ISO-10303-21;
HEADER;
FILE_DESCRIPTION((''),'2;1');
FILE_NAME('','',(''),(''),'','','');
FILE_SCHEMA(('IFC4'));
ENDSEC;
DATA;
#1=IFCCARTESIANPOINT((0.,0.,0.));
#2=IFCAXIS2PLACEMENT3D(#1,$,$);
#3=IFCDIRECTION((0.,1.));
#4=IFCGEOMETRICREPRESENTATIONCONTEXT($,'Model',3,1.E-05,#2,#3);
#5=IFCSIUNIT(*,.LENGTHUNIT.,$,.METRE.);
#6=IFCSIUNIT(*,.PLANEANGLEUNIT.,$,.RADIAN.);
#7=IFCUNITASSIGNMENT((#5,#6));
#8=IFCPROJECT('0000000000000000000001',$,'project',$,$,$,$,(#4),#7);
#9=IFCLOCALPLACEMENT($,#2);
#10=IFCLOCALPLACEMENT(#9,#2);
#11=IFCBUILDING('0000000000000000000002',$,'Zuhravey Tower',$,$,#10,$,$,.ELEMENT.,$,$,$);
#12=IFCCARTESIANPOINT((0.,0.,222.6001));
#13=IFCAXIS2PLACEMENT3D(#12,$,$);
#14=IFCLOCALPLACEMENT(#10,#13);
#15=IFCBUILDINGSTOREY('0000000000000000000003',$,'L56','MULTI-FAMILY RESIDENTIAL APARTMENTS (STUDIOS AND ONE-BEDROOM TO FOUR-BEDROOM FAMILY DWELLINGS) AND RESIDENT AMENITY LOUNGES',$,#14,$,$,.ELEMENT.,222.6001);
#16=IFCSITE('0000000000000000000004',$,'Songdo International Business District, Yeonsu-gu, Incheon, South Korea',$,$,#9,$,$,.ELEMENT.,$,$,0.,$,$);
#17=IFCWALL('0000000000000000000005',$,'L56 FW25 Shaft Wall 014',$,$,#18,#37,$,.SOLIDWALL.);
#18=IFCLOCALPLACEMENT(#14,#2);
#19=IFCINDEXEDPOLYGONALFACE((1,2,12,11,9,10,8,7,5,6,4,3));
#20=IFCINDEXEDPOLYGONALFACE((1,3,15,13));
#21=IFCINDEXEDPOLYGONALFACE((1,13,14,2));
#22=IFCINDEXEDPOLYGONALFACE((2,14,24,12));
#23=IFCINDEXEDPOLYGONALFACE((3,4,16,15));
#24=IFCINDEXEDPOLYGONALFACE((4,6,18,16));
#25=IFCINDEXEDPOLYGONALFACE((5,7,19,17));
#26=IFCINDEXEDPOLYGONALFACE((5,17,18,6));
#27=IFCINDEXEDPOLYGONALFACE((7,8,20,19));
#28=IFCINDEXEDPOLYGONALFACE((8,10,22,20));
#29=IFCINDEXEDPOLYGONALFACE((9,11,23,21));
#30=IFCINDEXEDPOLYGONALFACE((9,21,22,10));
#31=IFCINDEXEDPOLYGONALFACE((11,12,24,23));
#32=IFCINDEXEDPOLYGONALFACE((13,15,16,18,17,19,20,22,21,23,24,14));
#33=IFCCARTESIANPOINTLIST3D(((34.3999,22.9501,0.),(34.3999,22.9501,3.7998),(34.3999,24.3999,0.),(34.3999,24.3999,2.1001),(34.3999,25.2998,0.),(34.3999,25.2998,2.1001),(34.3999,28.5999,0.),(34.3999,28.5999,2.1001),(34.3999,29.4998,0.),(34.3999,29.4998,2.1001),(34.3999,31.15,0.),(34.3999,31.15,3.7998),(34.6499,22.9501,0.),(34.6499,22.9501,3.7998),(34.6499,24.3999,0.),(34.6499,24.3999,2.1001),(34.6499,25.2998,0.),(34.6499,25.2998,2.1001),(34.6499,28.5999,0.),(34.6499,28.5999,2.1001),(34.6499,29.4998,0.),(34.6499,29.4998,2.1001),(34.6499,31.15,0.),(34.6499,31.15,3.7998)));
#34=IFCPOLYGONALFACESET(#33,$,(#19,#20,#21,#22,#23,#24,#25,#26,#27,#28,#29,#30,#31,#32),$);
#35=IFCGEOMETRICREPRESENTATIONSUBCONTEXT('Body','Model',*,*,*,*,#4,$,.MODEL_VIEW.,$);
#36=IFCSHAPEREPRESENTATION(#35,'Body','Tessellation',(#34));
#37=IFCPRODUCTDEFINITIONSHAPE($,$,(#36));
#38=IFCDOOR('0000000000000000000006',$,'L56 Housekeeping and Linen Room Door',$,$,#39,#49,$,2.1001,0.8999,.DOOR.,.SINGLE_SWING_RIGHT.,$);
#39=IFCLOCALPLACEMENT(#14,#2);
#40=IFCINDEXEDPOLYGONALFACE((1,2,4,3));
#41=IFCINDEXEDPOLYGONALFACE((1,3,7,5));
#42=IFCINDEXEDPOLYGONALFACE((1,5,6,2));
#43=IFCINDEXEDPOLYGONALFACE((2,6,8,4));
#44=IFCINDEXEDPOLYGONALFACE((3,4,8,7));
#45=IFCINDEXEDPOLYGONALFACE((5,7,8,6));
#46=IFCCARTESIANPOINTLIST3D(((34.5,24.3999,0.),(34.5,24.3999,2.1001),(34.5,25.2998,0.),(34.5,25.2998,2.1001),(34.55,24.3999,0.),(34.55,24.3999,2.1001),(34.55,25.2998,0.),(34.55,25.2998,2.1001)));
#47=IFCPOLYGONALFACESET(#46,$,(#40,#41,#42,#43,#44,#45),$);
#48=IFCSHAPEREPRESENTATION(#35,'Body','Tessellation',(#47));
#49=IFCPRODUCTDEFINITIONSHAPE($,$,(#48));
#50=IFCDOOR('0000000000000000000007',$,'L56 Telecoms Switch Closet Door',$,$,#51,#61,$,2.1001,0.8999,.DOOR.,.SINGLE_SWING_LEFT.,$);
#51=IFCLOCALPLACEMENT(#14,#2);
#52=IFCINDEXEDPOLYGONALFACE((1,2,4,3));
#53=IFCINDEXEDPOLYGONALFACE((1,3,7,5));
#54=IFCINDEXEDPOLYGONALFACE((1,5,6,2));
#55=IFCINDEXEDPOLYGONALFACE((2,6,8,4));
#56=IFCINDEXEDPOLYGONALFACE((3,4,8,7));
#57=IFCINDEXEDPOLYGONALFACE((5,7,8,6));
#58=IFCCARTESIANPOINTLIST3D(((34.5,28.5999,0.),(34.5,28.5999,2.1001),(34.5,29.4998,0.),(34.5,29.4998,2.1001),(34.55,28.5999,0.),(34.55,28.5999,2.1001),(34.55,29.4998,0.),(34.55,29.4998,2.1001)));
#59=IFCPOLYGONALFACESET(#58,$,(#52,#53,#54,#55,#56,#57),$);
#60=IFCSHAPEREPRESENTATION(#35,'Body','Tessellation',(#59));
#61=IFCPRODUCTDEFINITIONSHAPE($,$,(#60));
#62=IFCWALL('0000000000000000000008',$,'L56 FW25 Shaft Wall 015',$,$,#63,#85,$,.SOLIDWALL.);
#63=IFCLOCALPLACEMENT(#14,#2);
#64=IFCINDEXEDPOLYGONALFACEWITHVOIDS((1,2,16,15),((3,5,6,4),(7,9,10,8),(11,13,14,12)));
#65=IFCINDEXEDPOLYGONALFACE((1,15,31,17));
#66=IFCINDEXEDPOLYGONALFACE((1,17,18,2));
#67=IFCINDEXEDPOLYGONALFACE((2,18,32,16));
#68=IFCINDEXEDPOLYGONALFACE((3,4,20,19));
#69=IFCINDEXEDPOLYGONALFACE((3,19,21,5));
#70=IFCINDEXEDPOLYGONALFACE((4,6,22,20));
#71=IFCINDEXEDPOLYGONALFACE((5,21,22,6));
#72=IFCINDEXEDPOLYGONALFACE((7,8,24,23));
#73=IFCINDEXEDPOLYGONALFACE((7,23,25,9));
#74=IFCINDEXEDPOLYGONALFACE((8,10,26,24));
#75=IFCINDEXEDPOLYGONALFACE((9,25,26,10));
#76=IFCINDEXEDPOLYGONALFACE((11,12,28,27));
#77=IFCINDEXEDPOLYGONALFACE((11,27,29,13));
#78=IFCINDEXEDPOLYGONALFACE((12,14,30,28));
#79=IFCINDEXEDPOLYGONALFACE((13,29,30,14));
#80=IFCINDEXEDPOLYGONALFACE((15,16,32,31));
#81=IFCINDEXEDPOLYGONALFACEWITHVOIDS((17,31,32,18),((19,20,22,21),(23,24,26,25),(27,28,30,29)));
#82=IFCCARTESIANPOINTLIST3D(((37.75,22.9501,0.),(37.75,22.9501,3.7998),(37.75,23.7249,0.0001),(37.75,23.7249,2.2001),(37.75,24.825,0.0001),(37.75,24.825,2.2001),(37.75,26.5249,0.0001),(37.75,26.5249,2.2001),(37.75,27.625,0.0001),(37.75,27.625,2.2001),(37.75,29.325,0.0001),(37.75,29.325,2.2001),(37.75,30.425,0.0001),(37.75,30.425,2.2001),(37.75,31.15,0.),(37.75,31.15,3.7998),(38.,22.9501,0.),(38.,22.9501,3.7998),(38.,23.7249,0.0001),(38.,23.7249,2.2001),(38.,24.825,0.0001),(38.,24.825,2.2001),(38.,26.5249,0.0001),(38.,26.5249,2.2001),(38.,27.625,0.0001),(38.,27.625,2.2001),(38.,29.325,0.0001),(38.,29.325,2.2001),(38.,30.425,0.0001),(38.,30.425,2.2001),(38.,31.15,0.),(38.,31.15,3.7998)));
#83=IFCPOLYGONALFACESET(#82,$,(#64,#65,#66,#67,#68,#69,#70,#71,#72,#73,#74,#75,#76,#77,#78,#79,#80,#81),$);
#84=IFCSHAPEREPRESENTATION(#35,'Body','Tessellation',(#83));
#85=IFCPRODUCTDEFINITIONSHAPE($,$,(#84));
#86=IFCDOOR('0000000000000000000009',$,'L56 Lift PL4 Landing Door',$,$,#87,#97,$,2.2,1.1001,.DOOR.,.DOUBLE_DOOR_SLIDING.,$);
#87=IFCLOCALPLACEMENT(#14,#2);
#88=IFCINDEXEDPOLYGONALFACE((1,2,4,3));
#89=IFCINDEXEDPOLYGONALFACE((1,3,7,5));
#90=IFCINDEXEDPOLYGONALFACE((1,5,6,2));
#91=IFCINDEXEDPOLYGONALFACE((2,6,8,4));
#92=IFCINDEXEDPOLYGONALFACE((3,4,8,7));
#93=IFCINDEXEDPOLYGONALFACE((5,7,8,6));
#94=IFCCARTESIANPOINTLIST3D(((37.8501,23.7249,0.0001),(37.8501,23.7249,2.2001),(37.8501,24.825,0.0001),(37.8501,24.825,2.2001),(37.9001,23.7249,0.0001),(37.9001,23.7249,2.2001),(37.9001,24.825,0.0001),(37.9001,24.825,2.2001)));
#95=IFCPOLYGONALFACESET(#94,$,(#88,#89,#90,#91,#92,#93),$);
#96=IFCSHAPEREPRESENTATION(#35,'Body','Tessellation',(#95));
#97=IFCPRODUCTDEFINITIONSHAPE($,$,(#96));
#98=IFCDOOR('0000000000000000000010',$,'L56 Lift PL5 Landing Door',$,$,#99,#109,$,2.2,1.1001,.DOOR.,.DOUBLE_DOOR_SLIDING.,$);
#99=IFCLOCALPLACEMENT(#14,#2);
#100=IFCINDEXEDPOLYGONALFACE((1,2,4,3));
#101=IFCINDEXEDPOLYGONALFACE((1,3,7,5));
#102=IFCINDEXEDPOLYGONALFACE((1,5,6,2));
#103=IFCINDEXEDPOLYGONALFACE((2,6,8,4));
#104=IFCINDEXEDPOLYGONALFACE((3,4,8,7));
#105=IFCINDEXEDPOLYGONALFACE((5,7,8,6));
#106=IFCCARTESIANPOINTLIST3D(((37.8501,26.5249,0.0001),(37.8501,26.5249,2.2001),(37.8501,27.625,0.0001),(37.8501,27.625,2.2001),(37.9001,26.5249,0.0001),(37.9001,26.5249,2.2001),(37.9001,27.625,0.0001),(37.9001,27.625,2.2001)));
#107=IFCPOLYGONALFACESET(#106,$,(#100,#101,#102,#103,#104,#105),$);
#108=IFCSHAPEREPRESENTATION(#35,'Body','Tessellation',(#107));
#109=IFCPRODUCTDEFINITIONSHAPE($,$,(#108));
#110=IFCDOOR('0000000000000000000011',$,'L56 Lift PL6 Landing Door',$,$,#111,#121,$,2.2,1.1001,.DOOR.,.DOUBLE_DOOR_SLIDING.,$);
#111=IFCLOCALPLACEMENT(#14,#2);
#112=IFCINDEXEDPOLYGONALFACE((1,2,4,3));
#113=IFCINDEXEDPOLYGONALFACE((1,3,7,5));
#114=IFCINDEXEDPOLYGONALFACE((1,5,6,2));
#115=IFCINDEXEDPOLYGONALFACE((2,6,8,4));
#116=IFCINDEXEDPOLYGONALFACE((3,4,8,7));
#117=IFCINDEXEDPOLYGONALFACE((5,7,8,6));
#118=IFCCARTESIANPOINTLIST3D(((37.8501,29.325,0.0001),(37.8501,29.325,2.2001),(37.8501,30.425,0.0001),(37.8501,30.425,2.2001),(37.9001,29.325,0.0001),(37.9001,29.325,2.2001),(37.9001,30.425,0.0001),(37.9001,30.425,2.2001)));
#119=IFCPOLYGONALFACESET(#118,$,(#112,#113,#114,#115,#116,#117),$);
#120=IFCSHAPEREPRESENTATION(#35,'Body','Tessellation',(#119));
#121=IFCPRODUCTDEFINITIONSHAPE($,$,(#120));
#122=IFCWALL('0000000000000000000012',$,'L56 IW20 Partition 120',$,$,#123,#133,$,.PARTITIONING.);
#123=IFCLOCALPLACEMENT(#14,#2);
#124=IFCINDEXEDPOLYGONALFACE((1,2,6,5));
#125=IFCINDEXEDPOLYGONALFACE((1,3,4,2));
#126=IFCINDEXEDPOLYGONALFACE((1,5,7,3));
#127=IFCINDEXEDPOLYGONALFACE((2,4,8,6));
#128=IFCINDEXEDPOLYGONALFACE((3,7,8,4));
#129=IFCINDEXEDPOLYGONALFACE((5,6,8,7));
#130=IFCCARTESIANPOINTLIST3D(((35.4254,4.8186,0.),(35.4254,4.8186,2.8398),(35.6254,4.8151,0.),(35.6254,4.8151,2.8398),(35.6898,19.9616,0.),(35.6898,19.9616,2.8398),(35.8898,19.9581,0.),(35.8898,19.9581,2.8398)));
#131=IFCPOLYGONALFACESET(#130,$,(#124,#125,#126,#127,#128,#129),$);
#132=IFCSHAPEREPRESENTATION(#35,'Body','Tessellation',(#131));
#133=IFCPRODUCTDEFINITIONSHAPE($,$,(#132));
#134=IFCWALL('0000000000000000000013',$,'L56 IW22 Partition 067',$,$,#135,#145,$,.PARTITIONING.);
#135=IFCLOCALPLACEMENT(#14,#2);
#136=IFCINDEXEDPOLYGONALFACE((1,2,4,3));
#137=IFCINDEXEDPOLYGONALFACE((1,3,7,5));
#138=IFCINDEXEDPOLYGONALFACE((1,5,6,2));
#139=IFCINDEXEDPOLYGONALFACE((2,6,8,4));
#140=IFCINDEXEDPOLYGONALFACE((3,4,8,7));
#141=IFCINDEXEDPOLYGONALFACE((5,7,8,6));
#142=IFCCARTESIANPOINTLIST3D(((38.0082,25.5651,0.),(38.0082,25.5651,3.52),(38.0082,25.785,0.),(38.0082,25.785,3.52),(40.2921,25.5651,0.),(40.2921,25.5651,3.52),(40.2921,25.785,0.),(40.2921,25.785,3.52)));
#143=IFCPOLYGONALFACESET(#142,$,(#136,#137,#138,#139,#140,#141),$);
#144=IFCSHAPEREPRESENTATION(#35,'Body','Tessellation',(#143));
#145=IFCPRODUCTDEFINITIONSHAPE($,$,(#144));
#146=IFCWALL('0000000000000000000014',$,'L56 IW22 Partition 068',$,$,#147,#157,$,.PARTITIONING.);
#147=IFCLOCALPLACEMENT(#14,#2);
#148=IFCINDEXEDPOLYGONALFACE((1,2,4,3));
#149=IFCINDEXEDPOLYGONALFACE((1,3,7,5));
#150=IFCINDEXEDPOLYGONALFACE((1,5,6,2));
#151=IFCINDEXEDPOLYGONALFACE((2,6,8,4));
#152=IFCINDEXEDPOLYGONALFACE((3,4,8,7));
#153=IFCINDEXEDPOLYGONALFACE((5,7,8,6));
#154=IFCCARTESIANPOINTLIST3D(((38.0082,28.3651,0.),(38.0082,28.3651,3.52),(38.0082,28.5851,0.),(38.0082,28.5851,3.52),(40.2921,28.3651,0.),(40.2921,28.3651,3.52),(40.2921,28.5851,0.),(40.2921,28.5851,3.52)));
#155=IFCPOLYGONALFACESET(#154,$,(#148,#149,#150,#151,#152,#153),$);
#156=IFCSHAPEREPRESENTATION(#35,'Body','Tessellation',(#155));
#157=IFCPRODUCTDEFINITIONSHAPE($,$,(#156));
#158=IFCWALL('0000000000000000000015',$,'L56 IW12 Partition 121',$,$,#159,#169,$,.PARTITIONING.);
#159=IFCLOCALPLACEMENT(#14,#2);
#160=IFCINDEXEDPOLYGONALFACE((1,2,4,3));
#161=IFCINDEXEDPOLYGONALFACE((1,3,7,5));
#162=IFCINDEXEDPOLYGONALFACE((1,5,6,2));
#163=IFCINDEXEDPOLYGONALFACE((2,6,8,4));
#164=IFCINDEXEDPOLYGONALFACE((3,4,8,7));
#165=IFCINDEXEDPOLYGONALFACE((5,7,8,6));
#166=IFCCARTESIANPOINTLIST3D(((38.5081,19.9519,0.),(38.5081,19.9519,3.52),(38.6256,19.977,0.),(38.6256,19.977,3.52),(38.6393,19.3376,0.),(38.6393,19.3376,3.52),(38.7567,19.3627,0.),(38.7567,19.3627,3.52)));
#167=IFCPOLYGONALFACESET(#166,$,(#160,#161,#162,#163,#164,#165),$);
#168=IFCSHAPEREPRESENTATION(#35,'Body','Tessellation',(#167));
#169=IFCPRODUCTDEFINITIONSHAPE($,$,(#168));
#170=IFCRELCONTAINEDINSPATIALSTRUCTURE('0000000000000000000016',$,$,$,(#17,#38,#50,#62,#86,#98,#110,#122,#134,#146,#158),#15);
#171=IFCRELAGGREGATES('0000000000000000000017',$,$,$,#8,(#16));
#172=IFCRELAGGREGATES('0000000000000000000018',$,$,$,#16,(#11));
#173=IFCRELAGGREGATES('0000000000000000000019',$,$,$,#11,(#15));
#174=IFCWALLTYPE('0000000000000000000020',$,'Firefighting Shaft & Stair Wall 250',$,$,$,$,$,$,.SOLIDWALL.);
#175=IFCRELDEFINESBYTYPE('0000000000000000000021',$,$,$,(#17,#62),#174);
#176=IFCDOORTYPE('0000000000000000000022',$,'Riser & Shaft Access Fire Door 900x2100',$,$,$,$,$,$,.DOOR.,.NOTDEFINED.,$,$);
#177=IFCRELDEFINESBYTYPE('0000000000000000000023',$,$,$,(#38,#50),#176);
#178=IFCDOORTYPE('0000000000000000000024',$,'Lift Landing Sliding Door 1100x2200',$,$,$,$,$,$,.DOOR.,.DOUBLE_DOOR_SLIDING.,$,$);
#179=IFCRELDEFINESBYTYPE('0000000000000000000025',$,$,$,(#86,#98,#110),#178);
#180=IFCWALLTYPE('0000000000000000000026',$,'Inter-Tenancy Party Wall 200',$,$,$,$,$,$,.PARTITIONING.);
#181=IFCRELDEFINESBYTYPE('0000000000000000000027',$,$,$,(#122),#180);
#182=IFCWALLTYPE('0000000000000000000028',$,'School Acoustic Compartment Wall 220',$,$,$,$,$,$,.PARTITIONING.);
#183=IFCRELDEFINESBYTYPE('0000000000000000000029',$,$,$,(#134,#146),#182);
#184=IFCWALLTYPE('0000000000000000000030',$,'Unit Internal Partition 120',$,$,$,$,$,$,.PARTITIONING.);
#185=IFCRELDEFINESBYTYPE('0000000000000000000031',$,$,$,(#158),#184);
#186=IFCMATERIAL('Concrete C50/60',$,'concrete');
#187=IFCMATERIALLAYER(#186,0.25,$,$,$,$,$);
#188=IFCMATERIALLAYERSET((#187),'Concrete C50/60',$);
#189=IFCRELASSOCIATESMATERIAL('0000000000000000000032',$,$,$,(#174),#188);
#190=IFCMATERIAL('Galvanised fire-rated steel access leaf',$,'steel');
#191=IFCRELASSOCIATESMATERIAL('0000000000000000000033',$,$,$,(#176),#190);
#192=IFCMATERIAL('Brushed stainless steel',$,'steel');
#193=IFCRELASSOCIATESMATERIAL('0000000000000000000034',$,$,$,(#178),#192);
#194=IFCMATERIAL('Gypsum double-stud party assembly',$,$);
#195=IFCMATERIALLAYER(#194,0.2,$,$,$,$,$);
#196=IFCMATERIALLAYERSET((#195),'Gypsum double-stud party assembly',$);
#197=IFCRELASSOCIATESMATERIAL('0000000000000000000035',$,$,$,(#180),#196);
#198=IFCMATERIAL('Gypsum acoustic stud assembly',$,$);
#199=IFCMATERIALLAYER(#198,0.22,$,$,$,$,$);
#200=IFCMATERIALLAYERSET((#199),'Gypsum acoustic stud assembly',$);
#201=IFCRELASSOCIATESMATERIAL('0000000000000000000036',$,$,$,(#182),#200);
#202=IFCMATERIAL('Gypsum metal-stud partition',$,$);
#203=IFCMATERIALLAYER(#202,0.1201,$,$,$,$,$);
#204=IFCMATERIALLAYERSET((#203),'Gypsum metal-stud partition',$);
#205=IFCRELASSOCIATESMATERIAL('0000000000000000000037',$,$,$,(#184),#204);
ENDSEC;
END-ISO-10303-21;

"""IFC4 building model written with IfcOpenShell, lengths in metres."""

from ifc_helpers import new_model, si_unit, direction, frame, frame_2d, origin, place, context, subcontext, project, spatial, rectangle, extrude, material, layer, layer_set, type_object, element, fill, save


model = new_model("IFC4")

# Units and contexts
model_context = context("Model", 3, precision=1e-05, world=origin(), true_north=direction((0.0, 1.0)))
body_context = subcontext(model_context, "Body", "Model", "MODEL_VIEW")
ifc_project = project(units=[si_unit("LENGTHUNIT", "METRE"), si_unit("PLANEANGLEUNIT", "RADIAN")], contexts=[model_context])

# Site, building, storey
site_placement = place(None, origin())
site = spatial("IfcSite", under=ifc_project, at=site_placement, Name="Songdo International Business District, Yeonsu-gu, Incheon, South Korea", CompositionType="ELEMENT", RefElevation=0.0)
building_placement = place(site_placement, origin())
building = spatial("IfcBuilding", under=site, at=building_placement, Name="Zuhravey Tower", CompositionType="ELEMENT")
storey_placement = place(building_placement, frame((0.0, 0.0, 222.6001)))
storey = spatial("IfcBuildingStorey", under=building, at=storey_placement, Name="L56", Description="MULTI-FAMILY RESIDENTIAL APARTMENTS (STUDIOS AND ONE-BEDROOM TO FOUR-BEDROOM FAMILY DWELLINGS) AND RESIDENT AMENITY LOUNGES", CompositionType="ELEMENT", Elevation=222.6001)

# Shared definitions
ifc_material_1 = material(Name="Concrete C50/60", Category="concrete")
ifc_layer_1 = layer(ifc_material_1, 0.25)
ifc_layer_set_1 = layer_set([ifc_layer_1], Name="Concrete C50/60")
wall_type_1 = type_object("IfcWallType", Name="Firefighting Shaft & Stair Wall 250", PredefinedType="SOLIDWALL", material=ifc_layer_set_1)

# Shared definitions
ifc_material_2 = material(Name="Galvanised fire-rated steel access leaf", Category="steel")
door_type_1 = type_object("IfcDoorType", Name="Riser & Shaft Access Fire Door 900x2100", OperationType="NOTDEFINED", PredefinedType="DOOR", material=ifc_material_2)

# Walls, openings, doors
wall_1_placement = place(storey_placement, frame((34.5249, 22.95, 0.0), z_axis=(0.0, 0.0, 1.0), x_axis=(0.0, 1.0, 0.0)))
wall_1 = element("IfcWall", 1, at=wall_1_placement, inside=storey, type_object=wall_type_1, Name="L56 FW25 Shaft Wall 014", PredefinedType="SOLIDWALL", context=body_context, shape_type="SweptSolid", body=[
    extrude(rectangle(XDim=8.2, YDim=0.25, at=frame_2d((4.1001, 0.0))), origin(), (0.0, 0.0, 1.0), 3.7998),
])
opening_1_placement = place(wall_1_placement, frame((1.45, 0.0, 0.0)))
opening_1 = element("IfcOpeningElement", 2, at=opening_1_placement, cuts=wall_1, PredefinedType="OPENING", context=body_context, shape_type="SweptSolid", body=[
    extrude(rectangle(XDim=0.8999, YDim=2.1001, at=frame_2d((0.45, 1.05))), frame((0.0, 0.137, 0.0), z_axis=(0.0, -1.0, 0.0), x_axis=(1.0, 0.0, 0.0)), (0.0, 0.0, 1.0), 0.2739),
])
opening_2_placement = place(wall_1_placement, frame((5.6499, 0.0, 0.0)))
opening_2 = element("IfcOpeningElement", 3, at=opening_2_placement, cuts=wall_1, PredefinedType="OPENING", context=body_context, shape_type="SweptSolid", body=[
    extrude(rectangle(XDim=0.8999, YDim=2.1001, at=frame_2d((0.45, 1.05))), frame((0.0, 0.137, 0.0), z_axis=(0.0, -1.0, 0.0), x_axis=(1.0, 0.0, 0.0)), (0.0, 0.0, 1.0), 0.2739),
])
door_1_placement = place(opening_1_placement, origin())
door_1 = element("IfcDoor", 4, at=door_1_placement, inside=storey, type_object=door_type_1, Name="L56 Housekeeping and Linen Room Door", OperationType="SINGLE_SWING_RIGHT", OverallHeight=2.1001, OverallWidth=0.8999, PredefinedType="DOOR", context=body_context, shape_type="SweptSolid", body=[
    extrude(rectangle(XDim=0.8999, YDim=2.1001, at=frame_2d((0.45, 1.05))), frame((0.0, 0.0249, 0.0), z_axis=(0.0, -1.0, 0.0), x_axis=(1.0, 0.0, 0.0)), (0.0, 0.0, 1.0), 0.05),
])
fill(opening_1, door_1)
door_2_placement = place(opening_2_placement, origin())
door_2 = element("IfcDoor", 5, at=door_2_placement, inside=storey, type_object=door_type_1, Name="L56 Telecoms Switch Closet Door", OperationType="SINGLE_SWING_LEFT", OverallHeight=2.1001, OverallWidth=0.8999, PredefinedType="DOOR", context=body_context, shape_type="SweptSolid", body=[
    extrude(rectangle(XDim=0.8999, YDim=2.1001, at=frame_2d((0.45, 1.05))), frame((0.0, 0.0249, 0.0), z_axis=(0.0, -1.0, 0.0), x_axis=(1.0, 0.0, 0.0)), (0.0, 0.0, 1.0), 0.05),
])
fill(opening_2, door_2)
wall_2_placement = place(storey_placement, frame((37.875, 22.95, 0.0), z_axis=(0.0, 0.0, 1.0), x_axis=(0.0, 1.0, 0.0)))
wall_2 = element("IfcWall", 6, at=wall_2_placement, inside=storey, type_object=wall_type_1, Name="L56 FW25 Shaft Wall 015", PredefinedType="SOLIDWALL", context=body_context, shape_type="SweptSolid", body=[
    extrude(rectangle(XDim=8.2, YDim=0.25, at=frame_2d((4.1001, 0.0))), origin(), (0.0, 0.0, 1.0), 3.7998),
])
opening_3_placement = place(wall_2_placement, frame((0.7749, 0.0, 0.0)))
opening_3 = element("IfcOpeningElement", 7, at=opening_3_placement, cuts=wall_2, PredefinedType="OPENING", context=body_context, shape_type="SweptSolid", body=[
    extrude(rectangle(XDim=1.1001, YDim=2.2, at=frame_2d((0.55, 1.1001))), frame((0.0, 0.137, 0.0), z_axis=(0.0, -1.0, 0.0), x_axis=(1.0, 0.0, 0.0)), (0.0, 0.0, 1.0), 0.2739),
])
opening_4_placement = place(wall_2_placement, frame((3.575, 0.0, 0.0)))
opening_4 = element("IfcOpeningElement", 8, at=opening_4_placement, cuts=wall_2, PredefinedType="OPENING", context=body_context, shape_type="SweptSolid", body=[
    extrude(rectangle(XDim=1.1001, YDim=2.2, at=frame_2d((0.55, 1.1001))), frame((0.0, 0.137, 0.0), z_axis=(0.0, -1.0, 0.0), x_axis=(1.0, 0.0, 0.0)), (0.0, 0.0, 1.0), 0.2739),
])
opening_5_placement = place(wall_2_placement, frame((6.375, 0.0, 0.0)))
opening_5 = element("IfcOpeningElement", 9, at=opening_5_placement, cuts=wall_2, PredefinedType="OPENING", context=body_context, shape_type="SweptSolid", body=[
    extrude(rectangle(XDim=1.1001, YDim=2.2, at=frame_2d((0.55, 1.1001))), frame((0.0, 0.137, 0.0), z_axis=(0.0, -1.0, 0.0), x_axis=(1.0, 0.0, 0.0)), (0.0, 0.0, 1.0), 0.2739),
])
ifc_material_3 = material(Name="Brushed stainless steel", Category="steel")
door_type_2 = type_object("IfcDoorType", Name="Lift Landing Sliding Door 1100x2200", OperationType="DOUBLE_DOOR_SLIDING", PredefinedType="DOOR", material=ifc_material_3)
door_3_placement = place(opening_3_placement, origin())
door_3 = element("IfcDoor", 10, at=door_3_placement, inside=storey, type_object=door_type_2, Name="L56 Lift PL4 Landing Door", OperationType="DOUBLE_DOOR_SLIDING", OverallHeight=2.2, OverallWidth=1.1001, PredefinedType="DOOR", context=body_context, shape_type="SweptSolid", body=[
    extrude(rectangle(XDim=1.1001, YDim=2.2, at=frame_2d((0.55, 1.1001))), frame((0.0, 0.0249, 0.0), z_axis=(0.0, -1.0, 0.0), x_axis=(1.0, 0.0, 0.0)), (0.0, 0.0, 1.0), 0.05),
])
fill(opening_3, door_3)
door_4_placement = place(opening_4_placement, origin())
door_4 = element("IfcDoor", 11, at=door_4_placement, inside=storey, type_object=door_type_2, Name="L56 Lift PL5 Landing Door", OperationType="DOUBLE_DOOR_SLIDING", OverallHeight=2.2, OverallWidth=1.1001, PredefinedType="DOOR", context=body_context, shape_type="SweptSolid", body=[
    extrude(rectangle(XDim=1.1001, YDim=2.2, at=frame_2d((0.55, 1.1001))), frame((0.0, 0.0249, 0.0), z_axis=(0.0, -1.0, 0.0), x_axis=(1.0, 0.0, 0.0)), (0.0, 0.0, 1.0), 0.05),
])
fill(opening_4, door_4)
door_5_placement = place(opening_5_placement, origin())
door_5 = element("IfcDoor", 12, at=door_5_placement, inside=storey, type_object=door_type_2, Name="L56 Lift PL6 Landing Door", OperationType="DOUBLE_DOOR_SLIDING", OverallHeight=2.2, OverallWidth=1.1001, PredefinedType="DOOR", context=body_context, shape_type="SweptSolid", body=[
    extrude(rectangle(XDim=1.1001, YDim=2.2, at=frame_2d((0.55, 1.1001))), frame((0.0, 0.0249, 0.0), z_axis=(0.0, -1.0, 0.0), x_axis=(1.0, 0.0, 0.0)), (0.0, 0.0, 1.0), 0.05),
])
fill(opening_5, door_5)

# Walls
ifc_material_4 = material(Name="Gypsum double-stud party assembly")
ifc_layer_2 = layer(ifc_material_4, 0.2)
ifc_layer_set_2 = layer_set([ifc_layer_2], Name="Gypsum double-stud party assembly")
wall_type_2 = type_object("IfcWallType", Name="Inter-Tenancy Party Wall 200", PredefinedType="PARTITIONING", material=ifc_layer_set_2)
wall_3_placement = place(storey_placement, frame((35.7898, 19.96, 0.0), z_axis=(0.0, 0.0, 1.0), x_axis=(-0.017458, -0.999848, 0.0)))
element("IfcWall", 13, at=wall_3_placement, inside=storey, type_object=wall_type_2, Name="L56 IW20 Partition 120", PredefinedType="PARTITIONING", context=body_context, shape_type="SweptSolid", body=[
    extrude(rectangle(XDim=15.1453, YDim=0.2, at=frame_2d((7.5728, 0.0))), origin(), (0.0, 0.0, 1.0), 2.8398),
])
ifc_material_5 = material(Name="Gypsum acoustic stud assembly")
ifc_layer_3 = layer(ifc_material_5, 0.22)
ifc_layer_set_3 = layer_set([ifc_layer_3], Name="Gypsum acoustic stud assembly")
wall_type_3 = type_object("IfcWallType", Name="School Acoustic Compartment Wall 220", PredefinedType="PARTITIONING", material=ifc_layer_set_3)
for number, where, z_axis, x_axis, name in (
    (14, (38.0081, 25.675, 0.0), (0.0, 0.0, 1.0), (1.0, 0.0, 0.0), "L56 IW22 Partition 067"),
    (15, (38.0081, 28.4751, 0.0), (0.0, 0.0, 1.0), (1.0, 0.0, 0.0), "L56 IW22 Partition 068"),
):
    element("IfcWall", number, at=place(storey_placement, frame(where, z_axis=z_axis, x_axis=x_axis)), inside=storey, type_object=wall_type_3, Name=name, PredefinedType="PARTITIONING", context=body_context, shape_type="SweptSolid", body=[
        extrude(rectangle(XDim=2.2839, YDim=0.22, at=frame_2d((1.1421, 0.0))), origin(), (0.0, 0.0, 1.0), 3.52),
    ])
ifc_material_6 = material(Name="Gypsum metal-stud partition")
ifc_layer_4 = layer(ifc_material_6, 0.1201)
ifc_layer_set_4 = layer_set([ifc_layer_4], Name="Gypsum metal-stud partition")
wall_type_4 = type_object("IfcWallType", Name="Unit Internal Partition 120", PredefinedType="PARTITIONING", material=ifc_layer_set_4)
wall_4_placement = place(storey_placement, frame((38.5669, 19.9644, 0.0), z_axis=(0.0, 0.0, 1.0), x_axis=(0.208733, -0.977973, 0.0)))
element("IfcWall", 16, at=wall_4_placement, inside=storey, type_object=wall_type_4, Name="L56 IW12 Partition 121", PredefinedType="PARTITIONING", context=body_context, shape_type="SweptSolid", body=[
    extrude(rectangle(XDim=0.6282, YDim=0.1201, at=frame_2d((0.314, 0.0))), origin(), (0.0, 0.0, 1.0), 3.52),
])

save(model, "model.ifc")
